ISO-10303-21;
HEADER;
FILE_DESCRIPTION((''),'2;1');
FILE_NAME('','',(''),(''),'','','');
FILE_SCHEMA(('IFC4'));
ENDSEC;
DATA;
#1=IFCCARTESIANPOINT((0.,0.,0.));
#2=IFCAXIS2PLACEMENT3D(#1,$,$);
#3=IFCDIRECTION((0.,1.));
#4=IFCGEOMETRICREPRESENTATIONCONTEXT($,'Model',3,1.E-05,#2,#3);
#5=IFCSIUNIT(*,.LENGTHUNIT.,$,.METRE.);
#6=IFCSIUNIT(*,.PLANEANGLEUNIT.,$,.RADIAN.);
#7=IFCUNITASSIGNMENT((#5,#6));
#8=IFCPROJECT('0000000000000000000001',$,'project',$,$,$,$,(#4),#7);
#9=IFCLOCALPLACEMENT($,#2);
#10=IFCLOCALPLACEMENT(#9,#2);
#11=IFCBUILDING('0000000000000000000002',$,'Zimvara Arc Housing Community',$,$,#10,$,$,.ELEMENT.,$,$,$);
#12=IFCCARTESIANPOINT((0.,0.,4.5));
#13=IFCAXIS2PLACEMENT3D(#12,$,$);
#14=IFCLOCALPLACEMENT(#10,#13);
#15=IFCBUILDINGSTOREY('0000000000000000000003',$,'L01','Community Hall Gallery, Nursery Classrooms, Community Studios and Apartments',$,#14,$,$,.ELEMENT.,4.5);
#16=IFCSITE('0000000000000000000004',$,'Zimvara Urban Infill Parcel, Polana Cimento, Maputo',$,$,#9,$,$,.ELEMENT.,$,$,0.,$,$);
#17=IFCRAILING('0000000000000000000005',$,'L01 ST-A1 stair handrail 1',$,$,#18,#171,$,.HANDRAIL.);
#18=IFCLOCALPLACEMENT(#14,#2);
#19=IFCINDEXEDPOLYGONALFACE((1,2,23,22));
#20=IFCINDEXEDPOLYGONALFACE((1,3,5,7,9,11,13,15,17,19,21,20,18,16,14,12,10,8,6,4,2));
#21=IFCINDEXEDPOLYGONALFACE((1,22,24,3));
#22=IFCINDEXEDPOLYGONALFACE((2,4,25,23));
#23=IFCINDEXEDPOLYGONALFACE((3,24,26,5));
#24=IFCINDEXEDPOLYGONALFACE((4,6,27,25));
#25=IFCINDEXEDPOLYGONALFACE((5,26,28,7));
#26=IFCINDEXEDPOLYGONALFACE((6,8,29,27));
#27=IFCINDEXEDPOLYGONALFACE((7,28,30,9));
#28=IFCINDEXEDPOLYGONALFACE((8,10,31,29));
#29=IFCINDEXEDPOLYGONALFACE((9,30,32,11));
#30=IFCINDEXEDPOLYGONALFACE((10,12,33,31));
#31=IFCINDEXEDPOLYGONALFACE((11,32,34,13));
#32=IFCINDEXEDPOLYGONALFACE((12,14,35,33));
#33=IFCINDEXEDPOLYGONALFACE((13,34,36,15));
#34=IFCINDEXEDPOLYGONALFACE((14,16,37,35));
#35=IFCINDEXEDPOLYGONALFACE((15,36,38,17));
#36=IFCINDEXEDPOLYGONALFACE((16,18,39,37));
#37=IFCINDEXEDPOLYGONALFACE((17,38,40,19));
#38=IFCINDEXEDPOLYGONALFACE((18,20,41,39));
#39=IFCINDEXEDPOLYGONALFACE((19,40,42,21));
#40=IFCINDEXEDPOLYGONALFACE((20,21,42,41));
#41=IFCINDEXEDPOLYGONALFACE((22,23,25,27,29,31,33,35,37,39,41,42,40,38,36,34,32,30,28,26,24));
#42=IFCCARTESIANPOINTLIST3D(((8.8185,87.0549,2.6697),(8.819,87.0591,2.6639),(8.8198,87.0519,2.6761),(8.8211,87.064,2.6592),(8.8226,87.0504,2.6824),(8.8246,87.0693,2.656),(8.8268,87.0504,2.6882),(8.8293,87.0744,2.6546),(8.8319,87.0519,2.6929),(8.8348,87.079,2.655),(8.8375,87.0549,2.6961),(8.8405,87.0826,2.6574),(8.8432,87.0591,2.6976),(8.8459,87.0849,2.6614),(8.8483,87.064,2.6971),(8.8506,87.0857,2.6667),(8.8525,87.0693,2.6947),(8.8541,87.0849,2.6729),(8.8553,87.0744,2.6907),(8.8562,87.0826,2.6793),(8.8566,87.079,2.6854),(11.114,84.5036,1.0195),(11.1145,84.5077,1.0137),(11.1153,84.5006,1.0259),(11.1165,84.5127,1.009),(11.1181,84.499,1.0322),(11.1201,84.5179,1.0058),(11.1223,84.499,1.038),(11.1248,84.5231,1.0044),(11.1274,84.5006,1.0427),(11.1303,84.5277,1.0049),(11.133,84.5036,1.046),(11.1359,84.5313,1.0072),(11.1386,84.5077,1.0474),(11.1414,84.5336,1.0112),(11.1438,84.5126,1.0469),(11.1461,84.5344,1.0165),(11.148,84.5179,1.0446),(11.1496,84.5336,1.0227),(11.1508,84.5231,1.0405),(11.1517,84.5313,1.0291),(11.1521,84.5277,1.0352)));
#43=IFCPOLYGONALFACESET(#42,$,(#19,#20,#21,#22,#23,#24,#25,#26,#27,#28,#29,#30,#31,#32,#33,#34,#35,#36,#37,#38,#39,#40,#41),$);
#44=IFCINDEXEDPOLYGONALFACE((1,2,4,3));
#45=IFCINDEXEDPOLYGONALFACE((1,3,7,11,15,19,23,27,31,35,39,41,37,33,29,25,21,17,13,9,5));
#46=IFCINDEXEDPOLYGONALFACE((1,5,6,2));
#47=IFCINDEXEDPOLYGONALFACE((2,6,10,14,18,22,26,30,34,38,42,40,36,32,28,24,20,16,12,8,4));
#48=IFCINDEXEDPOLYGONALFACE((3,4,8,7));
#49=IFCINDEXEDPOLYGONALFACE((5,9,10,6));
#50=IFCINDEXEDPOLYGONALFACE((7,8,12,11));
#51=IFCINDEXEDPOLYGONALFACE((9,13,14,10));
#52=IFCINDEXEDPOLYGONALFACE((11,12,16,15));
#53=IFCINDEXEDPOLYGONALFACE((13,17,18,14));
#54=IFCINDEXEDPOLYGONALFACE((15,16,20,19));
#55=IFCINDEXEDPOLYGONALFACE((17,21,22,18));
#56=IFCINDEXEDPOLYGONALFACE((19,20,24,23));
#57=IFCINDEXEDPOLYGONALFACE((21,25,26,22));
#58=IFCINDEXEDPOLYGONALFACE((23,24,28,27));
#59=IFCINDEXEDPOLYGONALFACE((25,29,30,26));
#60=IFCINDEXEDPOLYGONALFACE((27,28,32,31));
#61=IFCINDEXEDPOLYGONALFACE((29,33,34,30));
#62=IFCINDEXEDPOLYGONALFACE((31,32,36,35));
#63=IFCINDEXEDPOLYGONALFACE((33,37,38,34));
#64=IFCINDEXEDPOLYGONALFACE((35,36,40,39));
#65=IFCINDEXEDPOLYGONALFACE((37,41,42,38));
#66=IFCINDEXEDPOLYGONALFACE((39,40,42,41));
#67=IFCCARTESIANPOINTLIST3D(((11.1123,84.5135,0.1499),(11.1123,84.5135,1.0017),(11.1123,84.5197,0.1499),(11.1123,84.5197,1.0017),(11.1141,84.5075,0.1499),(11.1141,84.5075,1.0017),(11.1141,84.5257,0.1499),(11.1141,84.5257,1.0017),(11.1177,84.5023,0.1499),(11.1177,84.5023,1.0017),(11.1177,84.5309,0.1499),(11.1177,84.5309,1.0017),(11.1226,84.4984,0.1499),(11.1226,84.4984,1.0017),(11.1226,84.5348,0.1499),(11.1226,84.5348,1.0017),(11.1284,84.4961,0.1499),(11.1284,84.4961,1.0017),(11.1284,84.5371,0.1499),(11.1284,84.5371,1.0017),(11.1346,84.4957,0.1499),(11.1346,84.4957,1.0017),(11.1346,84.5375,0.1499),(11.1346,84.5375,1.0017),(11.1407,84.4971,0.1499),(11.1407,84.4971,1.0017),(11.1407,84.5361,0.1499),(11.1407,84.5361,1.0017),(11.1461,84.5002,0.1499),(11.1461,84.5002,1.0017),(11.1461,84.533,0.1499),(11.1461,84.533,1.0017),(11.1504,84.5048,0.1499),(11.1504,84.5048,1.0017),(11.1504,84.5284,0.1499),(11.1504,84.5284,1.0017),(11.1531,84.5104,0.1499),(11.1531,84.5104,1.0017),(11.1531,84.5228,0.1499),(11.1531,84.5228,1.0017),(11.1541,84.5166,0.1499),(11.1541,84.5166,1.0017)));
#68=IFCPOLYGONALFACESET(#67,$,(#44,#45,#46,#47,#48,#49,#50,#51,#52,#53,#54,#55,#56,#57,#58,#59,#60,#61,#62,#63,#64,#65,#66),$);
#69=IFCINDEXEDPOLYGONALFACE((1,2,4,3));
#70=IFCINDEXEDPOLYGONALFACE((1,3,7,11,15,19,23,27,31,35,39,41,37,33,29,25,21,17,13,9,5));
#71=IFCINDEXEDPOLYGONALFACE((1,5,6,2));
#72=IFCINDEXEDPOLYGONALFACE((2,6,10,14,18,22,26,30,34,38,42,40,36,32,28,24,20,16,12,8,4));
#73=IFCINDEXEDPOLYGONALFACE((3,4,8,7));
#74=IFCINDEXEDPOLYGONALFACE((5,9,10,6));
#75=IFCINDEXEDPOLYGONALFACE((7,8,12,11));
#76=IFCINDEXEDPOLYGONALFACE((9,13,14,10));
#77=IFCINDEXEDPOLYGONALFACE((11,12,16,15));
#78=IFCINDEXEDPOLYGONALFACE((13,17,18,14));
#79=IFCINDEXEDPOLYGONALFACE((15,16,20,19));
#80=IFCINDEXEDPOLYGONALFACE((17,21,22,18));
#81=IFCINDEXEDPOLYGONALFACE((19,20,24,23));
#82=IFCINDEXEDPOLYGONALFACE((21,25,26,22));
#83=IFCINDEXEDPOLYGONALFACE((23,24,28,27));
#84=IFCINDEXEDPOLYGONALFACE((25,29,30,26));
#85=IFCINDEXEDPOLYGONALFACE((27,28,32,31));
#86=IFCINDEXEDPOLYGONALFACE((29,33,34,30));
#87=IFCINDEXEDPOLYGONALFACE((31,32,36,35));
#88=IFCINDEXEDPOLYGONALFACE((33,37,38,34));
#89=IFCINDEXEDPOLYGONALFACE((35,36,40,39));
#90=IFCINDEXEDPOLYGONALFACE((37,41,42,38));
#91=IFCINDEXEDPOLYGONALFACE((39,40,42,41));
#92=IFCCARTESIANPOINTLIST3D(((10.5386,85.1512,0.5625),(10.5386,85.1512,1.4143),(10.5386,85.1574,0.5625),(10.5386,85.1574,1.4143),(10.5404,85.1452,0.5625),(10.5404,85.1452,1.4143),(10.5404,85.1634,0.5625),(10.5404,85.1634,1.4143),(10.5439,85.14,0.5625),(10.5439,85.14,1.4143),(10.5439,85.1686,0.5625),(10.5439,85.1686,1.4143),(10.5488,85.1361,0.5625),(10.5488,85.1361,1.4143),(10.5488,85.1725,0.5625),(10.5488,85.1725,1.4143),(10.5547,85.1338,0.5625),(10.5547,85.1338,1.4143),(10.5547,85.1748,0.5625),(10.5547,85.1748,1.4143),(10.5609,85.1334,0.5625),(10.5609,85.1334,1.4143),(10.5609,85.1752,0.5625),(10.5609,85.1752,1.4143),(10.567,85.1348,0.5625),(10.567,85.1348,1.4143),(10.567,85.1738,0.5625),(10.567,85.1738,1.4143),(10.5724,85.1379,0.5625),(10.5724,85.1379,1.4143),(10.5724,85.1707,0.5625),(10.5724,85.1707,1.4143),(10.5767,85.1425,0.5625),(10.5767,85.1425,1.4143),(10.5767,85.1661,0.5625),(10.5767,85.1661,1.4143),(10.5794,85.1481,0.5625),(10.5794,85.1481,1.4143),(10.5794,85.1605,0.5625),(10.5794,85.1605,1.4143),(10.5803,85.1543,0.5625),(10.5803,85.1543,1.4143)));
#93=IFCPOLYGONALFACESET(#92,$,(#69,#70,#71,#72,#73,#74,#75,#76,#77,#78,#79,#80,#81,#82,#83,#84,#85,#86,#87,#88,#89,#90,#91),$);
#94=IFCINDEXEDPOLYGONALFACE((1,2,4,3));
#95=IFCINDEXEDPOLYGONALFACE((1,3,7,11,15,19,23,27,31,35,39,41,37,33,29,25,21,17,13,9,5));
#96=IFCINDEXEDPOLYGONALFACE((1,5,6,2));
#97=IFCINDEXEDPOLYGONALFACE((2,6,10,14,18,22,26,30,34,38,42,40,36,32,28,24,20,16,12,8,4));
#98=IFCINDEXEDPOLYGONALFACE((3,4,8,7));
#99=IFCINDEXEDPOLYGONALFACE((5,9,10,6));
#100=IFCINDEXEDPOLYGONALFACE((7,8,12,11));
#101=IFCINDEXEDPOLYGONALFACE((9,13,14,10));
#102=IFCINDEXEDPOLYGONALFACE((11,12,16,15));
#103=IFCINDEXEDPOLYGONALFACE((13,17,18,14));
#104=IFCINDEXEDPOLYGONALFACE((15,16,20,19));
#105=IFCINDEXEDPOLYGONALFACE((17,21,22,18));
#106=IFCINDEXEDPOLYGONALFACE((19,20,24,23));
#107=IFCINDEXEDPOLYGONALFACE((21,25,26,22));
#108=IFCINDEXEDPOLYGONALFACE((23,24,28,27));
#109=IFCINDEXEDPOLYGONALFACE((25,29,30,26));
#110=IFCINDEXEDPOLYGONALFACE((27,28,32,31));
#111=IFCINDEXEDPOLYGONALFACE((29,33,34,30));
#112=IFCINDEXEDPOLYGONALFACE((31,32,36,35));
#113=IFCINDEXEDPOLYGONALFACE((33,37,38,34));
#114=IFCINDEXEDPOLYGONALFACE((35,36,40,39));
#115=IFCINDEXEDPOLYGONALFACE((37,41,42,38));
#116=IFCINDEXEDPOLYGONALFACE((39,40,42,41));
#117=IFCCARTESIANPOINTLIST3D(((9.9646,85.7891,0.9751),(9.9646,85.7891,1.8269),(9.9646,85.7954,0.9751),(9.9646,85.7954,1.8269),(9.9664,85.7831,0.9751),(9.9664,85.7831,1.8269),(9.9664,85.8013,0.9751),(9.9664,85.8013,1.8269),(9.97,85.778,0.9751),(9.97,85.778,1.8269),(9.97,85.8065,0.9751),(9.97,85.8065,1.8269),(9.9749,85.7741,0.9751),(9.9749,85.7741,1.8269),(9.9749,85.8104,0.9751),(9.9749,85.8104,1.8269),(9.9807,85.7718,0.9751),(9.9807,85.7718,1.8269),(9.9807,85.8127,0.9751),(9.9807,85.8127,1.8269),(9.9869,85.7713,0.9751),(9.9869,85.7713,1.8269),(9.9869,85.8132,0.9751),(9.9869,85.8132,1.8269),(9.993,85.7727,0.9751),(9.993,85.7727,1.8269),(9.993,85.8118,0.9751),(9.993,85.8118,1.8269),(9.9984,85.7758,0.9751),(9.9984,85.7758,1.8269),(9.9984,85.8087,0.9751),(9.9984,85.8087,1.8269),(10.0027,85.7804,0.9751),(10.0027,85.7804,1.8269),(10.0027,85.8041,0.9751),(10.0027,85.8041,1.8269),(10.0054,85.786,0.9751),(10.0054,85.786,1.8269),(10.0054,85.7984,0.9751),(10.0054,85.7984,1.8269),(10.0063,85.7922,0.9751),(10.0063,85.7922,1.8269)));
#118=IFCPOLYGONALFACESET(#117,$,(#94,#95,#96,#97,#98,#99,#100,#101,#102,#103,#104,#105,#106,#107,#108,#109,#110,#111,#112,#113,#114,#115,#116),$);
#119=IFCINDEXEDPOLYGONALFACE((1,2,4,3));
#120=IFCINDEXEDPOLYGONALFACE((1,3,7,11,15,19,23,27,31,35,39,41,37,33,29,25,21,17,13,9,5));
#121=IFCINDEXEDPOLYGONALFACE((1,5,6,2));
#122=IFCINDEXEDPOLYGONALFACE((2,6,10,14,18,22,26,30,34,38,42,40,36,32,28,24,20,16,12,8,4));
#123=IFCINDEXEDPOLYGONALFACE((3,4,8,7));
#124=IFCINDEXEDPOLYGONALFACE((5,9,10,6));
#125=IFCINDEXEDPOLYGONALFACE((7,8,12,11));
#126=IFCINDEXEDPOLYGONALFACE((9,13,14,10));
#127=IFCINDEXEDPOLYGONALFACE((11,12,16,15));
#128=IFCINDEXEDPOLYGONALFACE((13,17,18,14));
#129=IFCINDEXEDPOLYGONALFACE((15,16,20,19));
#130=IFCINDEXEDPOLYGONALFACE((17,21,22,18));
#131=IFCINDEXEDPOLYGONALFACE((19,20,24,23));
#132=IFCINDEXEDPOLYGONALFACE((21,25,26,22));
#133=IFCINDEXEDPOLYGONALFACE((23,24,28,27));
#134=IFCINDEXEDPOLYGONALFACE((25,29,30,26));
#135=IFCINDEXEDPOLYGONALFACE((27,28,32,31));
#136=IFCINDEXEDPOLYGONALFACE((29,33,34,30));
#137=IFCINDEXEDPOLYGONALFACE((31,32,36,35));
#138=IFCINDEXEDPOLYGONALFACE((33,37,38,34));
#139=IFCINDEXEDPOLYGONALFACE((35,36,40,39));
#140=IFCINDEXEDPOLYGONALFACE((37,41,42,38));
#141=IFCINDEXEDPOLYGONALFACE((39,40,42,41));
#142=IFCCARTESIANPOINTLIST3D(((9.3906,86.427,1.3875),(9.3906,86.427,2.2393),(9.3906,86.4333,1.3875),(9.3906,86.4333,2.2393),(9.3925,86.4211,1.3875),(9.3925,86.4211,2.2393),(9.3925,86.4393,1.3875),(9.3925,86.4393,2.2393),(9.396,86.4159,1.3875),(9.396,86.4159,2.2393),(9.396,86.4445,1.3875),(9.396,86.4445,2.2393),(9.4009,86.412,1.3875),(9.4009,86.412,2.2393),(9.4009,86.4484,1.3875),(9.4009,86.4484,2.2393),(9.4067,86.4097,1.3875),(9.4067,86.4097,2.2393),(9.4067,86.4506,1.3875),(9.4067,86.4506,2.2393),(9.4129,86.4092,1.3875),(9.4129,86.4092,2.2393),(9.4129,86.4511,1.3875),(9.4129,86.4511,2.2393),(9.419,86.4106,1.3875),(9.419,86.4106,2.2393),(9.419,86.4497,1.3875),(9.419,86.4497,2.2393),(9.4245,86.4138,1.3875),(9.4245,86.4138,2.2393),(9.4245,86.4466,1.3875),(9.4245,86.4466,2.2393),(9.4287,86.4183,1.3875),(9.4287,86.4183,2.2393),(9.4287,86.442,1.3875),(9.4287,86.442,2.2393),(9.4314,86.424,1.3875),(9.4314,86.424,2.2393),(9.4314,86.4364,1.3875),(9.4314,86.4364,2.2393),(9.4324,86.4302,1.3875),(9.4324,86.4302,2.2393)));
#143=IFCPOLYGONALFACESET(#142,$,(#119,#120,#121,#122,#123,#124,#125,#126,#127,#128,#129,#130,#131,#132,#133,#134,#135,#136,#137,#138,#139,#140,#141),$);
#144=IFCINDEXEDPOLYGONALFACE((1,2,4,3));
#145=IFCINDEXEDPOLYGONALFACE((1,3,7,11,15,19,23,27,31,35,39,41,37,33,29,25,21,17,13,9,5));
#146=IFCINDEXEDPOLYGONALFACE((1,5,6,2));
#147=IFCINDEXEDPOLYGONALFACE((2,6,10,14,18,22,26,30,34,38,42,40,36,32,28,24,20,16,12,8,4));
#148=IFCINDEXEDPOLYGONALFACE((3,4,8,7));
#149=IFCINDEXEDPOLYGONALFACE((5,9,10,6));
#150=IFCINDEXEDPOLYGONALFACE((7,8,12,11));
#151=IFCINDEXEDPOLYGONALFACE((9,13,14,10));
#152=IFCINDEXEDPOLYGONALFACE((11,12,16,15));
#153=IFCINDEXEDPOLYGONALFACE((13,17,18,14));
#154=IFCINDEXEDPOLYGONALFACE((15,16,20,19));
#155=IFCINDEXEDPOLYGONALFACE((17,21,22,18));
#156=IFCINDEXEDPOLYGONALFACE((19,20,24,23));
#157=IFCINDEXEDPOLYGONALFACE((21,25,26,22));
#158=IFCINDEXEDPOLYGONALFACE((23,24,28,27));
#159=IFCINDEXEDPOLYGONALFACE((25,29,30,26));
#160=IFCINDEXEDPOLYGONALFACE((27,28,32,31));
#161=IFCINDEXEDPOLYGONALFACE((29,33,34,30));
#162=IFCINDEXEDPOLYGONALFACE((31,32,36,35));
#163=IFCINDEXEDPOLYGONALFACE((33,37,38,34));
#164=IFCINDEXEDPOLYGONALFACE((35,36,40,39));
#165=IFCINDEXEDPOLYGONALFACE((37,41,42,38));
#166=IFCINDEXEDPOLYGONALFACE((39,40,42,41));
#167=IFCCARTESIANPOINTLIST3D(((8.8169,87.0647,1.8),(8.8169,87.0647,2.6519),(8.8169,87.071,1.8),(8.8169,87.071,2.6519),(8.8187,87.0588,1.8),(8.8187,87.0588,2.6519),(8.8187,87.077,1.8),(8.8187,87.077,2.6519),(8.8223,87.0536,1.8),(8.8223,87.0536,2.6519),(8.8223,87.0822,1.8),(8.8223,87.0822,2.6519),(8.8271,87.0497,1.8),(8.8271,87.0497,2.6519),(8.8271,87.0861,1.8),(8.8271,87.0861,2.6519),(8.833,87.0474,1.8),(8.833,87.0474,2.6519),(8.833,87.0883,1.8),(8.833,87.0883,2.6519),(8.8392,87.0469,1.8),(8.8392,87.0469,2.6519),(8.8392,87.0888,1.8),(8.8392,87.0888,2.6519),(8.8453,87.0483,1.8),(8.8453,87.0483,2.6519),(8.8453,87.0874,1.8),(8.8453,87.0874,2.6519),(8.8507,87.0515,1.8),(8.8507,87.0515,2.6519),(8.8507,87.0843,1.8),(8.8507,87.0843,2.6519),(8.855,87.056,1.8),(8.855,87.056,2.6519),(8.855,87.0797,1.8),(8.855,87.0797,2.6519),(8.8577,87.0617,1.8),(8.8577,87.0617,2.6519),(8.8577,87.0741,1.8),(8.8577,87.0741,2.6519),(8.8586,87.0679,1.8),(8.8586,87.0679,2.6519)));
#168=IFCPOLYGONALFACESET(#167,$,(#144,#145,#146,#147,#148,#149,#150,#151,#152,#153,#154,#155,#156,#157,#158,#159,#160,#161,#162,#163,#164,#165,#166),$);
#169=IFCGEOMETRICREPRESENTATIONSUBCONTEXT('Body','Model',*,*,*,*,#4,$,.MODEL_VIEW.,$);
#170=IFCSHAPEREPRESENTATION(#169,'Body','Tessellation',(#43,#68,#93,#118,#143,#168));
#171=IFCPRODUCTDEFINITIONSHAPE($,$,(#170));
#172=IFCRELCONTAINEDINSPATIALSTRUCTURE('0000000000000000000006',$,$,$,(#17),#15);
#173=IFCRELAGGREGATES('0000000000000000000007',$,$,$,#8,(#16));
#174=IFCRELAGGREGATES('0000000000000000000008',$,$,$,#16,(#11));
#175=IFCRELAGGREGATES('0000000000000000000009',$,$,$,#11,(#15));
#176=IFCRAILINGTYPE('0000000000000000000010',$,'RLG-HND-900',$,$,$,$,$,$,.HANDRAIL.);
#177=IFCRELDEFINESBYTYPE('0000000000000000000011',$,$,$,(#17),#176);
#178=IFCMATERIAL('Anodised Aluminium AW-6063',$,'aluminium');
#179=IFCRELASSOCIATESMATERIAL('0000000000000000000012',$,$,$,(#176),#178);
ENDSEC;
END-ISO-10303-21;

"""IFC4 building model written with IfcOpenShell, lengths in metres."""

from ifc_helpers import new_model, si_unit, direction, frame, origin, origin_2d, place, context, subcontext, project, spatial, circle, extrude, material, type_object, element, save


model = new_model("IFC4")

# Units and contexts
model_context = context("Model", 3, precision=1e-05, world=origin(), true_north=direction((0.0, 1.0)))
body_context = subcontext(model_context, "Body", "Model", "MODEL_VIEW")
ifc_project = project(units=[si_unit("LENGTHUNIT", "METRE"), si_unit("PLANEANGLEUNIT", "RADIAN")], contexts=[model_context])

# Site, building, storey
site_placement = place(None, origin())
site = spatial("IfcSite", under=ifc_project, at=site_placement, Name="Zimvara Urban Infill Parcel, Polana Cimento, Maputo", CompositionType="ELEMENT", RefElevation=0.0)
building_placement = place(site_placement, origin())
building = spatial("IfcBuilding", under=site, at=building_placement, Name="Zimvara Arc Housing Community", CompositionType="ELEMENT")
storey_placement = place(building_placement, frame((0.0, 0.0, 4.5)))
storey = spatial("IfcBuildingStorey", under=building, at=storey_placement, Name="L01", Description="Community Hall Gallery, Nursery Classrooms, Community Studios and Apartments", CompositionType="ELEMENT", Elevation=4.5)

# Railing
ifc_material_1 = material(Name="Anodised Aluminium AW-6063", Category="aluminium")
railing_type_1 = type_object("IfcRailingType", Name="RLG-HND-900", PredefinedType="HANDRAIL", material=ifc_material_1)
railing_1_placement = place(storey_placement, frame((11.1331, 84.5166, 0.1499)))
element("IfcRailing", 1, at=railing_1_placement, inside=storey, type_object=railing_type_1, Name="L01 ST-A1 stair handrail 1", PredefinedType="HANDRAIL", context=body_context, shape_type="SweptSolid", body=[
    extrude(circle(Radius=0.0239, at=origin_2d()), frame((0.0, 0.0, 0.876), z_axis=(-0.602786, 0.669976, 0.433337), x_axis=(-0.7434, -0.668847, 0.0)), (0.0, 0.0, 1.0), 3.8081),
    extrude(circle(Radius=0.021, at=origin_2d()), origin(), (0.0, 0.0, 1.0), 0.8518),
    extrude(circle(Radius=0.021, at=origin_2d()), frame((-0.5737, 0.6377, 0.4126)), (0.0, 0.0, 1.0), 0.8518),
    extrude(circle(Radius=0.021, at=origin_2d()), frame((-1.1477, 1.2756, 0.8252)), (0.0, 0.0, 1.0), 0.8518),
    extrude(circle(Radius=0.021, at=origin_2d()), frame((-1.7217, 1.9136, 1.2375)), (0.0, 0.0, 1.0), 0.8518),
    extrude(circle(Radius=0.021, at=origin_2d()), frame((-2.2954, 2.5513, 1.6501)), (0.0, 0.0, 1.0), 0.8518),
])

save(model, "model.ifc")
